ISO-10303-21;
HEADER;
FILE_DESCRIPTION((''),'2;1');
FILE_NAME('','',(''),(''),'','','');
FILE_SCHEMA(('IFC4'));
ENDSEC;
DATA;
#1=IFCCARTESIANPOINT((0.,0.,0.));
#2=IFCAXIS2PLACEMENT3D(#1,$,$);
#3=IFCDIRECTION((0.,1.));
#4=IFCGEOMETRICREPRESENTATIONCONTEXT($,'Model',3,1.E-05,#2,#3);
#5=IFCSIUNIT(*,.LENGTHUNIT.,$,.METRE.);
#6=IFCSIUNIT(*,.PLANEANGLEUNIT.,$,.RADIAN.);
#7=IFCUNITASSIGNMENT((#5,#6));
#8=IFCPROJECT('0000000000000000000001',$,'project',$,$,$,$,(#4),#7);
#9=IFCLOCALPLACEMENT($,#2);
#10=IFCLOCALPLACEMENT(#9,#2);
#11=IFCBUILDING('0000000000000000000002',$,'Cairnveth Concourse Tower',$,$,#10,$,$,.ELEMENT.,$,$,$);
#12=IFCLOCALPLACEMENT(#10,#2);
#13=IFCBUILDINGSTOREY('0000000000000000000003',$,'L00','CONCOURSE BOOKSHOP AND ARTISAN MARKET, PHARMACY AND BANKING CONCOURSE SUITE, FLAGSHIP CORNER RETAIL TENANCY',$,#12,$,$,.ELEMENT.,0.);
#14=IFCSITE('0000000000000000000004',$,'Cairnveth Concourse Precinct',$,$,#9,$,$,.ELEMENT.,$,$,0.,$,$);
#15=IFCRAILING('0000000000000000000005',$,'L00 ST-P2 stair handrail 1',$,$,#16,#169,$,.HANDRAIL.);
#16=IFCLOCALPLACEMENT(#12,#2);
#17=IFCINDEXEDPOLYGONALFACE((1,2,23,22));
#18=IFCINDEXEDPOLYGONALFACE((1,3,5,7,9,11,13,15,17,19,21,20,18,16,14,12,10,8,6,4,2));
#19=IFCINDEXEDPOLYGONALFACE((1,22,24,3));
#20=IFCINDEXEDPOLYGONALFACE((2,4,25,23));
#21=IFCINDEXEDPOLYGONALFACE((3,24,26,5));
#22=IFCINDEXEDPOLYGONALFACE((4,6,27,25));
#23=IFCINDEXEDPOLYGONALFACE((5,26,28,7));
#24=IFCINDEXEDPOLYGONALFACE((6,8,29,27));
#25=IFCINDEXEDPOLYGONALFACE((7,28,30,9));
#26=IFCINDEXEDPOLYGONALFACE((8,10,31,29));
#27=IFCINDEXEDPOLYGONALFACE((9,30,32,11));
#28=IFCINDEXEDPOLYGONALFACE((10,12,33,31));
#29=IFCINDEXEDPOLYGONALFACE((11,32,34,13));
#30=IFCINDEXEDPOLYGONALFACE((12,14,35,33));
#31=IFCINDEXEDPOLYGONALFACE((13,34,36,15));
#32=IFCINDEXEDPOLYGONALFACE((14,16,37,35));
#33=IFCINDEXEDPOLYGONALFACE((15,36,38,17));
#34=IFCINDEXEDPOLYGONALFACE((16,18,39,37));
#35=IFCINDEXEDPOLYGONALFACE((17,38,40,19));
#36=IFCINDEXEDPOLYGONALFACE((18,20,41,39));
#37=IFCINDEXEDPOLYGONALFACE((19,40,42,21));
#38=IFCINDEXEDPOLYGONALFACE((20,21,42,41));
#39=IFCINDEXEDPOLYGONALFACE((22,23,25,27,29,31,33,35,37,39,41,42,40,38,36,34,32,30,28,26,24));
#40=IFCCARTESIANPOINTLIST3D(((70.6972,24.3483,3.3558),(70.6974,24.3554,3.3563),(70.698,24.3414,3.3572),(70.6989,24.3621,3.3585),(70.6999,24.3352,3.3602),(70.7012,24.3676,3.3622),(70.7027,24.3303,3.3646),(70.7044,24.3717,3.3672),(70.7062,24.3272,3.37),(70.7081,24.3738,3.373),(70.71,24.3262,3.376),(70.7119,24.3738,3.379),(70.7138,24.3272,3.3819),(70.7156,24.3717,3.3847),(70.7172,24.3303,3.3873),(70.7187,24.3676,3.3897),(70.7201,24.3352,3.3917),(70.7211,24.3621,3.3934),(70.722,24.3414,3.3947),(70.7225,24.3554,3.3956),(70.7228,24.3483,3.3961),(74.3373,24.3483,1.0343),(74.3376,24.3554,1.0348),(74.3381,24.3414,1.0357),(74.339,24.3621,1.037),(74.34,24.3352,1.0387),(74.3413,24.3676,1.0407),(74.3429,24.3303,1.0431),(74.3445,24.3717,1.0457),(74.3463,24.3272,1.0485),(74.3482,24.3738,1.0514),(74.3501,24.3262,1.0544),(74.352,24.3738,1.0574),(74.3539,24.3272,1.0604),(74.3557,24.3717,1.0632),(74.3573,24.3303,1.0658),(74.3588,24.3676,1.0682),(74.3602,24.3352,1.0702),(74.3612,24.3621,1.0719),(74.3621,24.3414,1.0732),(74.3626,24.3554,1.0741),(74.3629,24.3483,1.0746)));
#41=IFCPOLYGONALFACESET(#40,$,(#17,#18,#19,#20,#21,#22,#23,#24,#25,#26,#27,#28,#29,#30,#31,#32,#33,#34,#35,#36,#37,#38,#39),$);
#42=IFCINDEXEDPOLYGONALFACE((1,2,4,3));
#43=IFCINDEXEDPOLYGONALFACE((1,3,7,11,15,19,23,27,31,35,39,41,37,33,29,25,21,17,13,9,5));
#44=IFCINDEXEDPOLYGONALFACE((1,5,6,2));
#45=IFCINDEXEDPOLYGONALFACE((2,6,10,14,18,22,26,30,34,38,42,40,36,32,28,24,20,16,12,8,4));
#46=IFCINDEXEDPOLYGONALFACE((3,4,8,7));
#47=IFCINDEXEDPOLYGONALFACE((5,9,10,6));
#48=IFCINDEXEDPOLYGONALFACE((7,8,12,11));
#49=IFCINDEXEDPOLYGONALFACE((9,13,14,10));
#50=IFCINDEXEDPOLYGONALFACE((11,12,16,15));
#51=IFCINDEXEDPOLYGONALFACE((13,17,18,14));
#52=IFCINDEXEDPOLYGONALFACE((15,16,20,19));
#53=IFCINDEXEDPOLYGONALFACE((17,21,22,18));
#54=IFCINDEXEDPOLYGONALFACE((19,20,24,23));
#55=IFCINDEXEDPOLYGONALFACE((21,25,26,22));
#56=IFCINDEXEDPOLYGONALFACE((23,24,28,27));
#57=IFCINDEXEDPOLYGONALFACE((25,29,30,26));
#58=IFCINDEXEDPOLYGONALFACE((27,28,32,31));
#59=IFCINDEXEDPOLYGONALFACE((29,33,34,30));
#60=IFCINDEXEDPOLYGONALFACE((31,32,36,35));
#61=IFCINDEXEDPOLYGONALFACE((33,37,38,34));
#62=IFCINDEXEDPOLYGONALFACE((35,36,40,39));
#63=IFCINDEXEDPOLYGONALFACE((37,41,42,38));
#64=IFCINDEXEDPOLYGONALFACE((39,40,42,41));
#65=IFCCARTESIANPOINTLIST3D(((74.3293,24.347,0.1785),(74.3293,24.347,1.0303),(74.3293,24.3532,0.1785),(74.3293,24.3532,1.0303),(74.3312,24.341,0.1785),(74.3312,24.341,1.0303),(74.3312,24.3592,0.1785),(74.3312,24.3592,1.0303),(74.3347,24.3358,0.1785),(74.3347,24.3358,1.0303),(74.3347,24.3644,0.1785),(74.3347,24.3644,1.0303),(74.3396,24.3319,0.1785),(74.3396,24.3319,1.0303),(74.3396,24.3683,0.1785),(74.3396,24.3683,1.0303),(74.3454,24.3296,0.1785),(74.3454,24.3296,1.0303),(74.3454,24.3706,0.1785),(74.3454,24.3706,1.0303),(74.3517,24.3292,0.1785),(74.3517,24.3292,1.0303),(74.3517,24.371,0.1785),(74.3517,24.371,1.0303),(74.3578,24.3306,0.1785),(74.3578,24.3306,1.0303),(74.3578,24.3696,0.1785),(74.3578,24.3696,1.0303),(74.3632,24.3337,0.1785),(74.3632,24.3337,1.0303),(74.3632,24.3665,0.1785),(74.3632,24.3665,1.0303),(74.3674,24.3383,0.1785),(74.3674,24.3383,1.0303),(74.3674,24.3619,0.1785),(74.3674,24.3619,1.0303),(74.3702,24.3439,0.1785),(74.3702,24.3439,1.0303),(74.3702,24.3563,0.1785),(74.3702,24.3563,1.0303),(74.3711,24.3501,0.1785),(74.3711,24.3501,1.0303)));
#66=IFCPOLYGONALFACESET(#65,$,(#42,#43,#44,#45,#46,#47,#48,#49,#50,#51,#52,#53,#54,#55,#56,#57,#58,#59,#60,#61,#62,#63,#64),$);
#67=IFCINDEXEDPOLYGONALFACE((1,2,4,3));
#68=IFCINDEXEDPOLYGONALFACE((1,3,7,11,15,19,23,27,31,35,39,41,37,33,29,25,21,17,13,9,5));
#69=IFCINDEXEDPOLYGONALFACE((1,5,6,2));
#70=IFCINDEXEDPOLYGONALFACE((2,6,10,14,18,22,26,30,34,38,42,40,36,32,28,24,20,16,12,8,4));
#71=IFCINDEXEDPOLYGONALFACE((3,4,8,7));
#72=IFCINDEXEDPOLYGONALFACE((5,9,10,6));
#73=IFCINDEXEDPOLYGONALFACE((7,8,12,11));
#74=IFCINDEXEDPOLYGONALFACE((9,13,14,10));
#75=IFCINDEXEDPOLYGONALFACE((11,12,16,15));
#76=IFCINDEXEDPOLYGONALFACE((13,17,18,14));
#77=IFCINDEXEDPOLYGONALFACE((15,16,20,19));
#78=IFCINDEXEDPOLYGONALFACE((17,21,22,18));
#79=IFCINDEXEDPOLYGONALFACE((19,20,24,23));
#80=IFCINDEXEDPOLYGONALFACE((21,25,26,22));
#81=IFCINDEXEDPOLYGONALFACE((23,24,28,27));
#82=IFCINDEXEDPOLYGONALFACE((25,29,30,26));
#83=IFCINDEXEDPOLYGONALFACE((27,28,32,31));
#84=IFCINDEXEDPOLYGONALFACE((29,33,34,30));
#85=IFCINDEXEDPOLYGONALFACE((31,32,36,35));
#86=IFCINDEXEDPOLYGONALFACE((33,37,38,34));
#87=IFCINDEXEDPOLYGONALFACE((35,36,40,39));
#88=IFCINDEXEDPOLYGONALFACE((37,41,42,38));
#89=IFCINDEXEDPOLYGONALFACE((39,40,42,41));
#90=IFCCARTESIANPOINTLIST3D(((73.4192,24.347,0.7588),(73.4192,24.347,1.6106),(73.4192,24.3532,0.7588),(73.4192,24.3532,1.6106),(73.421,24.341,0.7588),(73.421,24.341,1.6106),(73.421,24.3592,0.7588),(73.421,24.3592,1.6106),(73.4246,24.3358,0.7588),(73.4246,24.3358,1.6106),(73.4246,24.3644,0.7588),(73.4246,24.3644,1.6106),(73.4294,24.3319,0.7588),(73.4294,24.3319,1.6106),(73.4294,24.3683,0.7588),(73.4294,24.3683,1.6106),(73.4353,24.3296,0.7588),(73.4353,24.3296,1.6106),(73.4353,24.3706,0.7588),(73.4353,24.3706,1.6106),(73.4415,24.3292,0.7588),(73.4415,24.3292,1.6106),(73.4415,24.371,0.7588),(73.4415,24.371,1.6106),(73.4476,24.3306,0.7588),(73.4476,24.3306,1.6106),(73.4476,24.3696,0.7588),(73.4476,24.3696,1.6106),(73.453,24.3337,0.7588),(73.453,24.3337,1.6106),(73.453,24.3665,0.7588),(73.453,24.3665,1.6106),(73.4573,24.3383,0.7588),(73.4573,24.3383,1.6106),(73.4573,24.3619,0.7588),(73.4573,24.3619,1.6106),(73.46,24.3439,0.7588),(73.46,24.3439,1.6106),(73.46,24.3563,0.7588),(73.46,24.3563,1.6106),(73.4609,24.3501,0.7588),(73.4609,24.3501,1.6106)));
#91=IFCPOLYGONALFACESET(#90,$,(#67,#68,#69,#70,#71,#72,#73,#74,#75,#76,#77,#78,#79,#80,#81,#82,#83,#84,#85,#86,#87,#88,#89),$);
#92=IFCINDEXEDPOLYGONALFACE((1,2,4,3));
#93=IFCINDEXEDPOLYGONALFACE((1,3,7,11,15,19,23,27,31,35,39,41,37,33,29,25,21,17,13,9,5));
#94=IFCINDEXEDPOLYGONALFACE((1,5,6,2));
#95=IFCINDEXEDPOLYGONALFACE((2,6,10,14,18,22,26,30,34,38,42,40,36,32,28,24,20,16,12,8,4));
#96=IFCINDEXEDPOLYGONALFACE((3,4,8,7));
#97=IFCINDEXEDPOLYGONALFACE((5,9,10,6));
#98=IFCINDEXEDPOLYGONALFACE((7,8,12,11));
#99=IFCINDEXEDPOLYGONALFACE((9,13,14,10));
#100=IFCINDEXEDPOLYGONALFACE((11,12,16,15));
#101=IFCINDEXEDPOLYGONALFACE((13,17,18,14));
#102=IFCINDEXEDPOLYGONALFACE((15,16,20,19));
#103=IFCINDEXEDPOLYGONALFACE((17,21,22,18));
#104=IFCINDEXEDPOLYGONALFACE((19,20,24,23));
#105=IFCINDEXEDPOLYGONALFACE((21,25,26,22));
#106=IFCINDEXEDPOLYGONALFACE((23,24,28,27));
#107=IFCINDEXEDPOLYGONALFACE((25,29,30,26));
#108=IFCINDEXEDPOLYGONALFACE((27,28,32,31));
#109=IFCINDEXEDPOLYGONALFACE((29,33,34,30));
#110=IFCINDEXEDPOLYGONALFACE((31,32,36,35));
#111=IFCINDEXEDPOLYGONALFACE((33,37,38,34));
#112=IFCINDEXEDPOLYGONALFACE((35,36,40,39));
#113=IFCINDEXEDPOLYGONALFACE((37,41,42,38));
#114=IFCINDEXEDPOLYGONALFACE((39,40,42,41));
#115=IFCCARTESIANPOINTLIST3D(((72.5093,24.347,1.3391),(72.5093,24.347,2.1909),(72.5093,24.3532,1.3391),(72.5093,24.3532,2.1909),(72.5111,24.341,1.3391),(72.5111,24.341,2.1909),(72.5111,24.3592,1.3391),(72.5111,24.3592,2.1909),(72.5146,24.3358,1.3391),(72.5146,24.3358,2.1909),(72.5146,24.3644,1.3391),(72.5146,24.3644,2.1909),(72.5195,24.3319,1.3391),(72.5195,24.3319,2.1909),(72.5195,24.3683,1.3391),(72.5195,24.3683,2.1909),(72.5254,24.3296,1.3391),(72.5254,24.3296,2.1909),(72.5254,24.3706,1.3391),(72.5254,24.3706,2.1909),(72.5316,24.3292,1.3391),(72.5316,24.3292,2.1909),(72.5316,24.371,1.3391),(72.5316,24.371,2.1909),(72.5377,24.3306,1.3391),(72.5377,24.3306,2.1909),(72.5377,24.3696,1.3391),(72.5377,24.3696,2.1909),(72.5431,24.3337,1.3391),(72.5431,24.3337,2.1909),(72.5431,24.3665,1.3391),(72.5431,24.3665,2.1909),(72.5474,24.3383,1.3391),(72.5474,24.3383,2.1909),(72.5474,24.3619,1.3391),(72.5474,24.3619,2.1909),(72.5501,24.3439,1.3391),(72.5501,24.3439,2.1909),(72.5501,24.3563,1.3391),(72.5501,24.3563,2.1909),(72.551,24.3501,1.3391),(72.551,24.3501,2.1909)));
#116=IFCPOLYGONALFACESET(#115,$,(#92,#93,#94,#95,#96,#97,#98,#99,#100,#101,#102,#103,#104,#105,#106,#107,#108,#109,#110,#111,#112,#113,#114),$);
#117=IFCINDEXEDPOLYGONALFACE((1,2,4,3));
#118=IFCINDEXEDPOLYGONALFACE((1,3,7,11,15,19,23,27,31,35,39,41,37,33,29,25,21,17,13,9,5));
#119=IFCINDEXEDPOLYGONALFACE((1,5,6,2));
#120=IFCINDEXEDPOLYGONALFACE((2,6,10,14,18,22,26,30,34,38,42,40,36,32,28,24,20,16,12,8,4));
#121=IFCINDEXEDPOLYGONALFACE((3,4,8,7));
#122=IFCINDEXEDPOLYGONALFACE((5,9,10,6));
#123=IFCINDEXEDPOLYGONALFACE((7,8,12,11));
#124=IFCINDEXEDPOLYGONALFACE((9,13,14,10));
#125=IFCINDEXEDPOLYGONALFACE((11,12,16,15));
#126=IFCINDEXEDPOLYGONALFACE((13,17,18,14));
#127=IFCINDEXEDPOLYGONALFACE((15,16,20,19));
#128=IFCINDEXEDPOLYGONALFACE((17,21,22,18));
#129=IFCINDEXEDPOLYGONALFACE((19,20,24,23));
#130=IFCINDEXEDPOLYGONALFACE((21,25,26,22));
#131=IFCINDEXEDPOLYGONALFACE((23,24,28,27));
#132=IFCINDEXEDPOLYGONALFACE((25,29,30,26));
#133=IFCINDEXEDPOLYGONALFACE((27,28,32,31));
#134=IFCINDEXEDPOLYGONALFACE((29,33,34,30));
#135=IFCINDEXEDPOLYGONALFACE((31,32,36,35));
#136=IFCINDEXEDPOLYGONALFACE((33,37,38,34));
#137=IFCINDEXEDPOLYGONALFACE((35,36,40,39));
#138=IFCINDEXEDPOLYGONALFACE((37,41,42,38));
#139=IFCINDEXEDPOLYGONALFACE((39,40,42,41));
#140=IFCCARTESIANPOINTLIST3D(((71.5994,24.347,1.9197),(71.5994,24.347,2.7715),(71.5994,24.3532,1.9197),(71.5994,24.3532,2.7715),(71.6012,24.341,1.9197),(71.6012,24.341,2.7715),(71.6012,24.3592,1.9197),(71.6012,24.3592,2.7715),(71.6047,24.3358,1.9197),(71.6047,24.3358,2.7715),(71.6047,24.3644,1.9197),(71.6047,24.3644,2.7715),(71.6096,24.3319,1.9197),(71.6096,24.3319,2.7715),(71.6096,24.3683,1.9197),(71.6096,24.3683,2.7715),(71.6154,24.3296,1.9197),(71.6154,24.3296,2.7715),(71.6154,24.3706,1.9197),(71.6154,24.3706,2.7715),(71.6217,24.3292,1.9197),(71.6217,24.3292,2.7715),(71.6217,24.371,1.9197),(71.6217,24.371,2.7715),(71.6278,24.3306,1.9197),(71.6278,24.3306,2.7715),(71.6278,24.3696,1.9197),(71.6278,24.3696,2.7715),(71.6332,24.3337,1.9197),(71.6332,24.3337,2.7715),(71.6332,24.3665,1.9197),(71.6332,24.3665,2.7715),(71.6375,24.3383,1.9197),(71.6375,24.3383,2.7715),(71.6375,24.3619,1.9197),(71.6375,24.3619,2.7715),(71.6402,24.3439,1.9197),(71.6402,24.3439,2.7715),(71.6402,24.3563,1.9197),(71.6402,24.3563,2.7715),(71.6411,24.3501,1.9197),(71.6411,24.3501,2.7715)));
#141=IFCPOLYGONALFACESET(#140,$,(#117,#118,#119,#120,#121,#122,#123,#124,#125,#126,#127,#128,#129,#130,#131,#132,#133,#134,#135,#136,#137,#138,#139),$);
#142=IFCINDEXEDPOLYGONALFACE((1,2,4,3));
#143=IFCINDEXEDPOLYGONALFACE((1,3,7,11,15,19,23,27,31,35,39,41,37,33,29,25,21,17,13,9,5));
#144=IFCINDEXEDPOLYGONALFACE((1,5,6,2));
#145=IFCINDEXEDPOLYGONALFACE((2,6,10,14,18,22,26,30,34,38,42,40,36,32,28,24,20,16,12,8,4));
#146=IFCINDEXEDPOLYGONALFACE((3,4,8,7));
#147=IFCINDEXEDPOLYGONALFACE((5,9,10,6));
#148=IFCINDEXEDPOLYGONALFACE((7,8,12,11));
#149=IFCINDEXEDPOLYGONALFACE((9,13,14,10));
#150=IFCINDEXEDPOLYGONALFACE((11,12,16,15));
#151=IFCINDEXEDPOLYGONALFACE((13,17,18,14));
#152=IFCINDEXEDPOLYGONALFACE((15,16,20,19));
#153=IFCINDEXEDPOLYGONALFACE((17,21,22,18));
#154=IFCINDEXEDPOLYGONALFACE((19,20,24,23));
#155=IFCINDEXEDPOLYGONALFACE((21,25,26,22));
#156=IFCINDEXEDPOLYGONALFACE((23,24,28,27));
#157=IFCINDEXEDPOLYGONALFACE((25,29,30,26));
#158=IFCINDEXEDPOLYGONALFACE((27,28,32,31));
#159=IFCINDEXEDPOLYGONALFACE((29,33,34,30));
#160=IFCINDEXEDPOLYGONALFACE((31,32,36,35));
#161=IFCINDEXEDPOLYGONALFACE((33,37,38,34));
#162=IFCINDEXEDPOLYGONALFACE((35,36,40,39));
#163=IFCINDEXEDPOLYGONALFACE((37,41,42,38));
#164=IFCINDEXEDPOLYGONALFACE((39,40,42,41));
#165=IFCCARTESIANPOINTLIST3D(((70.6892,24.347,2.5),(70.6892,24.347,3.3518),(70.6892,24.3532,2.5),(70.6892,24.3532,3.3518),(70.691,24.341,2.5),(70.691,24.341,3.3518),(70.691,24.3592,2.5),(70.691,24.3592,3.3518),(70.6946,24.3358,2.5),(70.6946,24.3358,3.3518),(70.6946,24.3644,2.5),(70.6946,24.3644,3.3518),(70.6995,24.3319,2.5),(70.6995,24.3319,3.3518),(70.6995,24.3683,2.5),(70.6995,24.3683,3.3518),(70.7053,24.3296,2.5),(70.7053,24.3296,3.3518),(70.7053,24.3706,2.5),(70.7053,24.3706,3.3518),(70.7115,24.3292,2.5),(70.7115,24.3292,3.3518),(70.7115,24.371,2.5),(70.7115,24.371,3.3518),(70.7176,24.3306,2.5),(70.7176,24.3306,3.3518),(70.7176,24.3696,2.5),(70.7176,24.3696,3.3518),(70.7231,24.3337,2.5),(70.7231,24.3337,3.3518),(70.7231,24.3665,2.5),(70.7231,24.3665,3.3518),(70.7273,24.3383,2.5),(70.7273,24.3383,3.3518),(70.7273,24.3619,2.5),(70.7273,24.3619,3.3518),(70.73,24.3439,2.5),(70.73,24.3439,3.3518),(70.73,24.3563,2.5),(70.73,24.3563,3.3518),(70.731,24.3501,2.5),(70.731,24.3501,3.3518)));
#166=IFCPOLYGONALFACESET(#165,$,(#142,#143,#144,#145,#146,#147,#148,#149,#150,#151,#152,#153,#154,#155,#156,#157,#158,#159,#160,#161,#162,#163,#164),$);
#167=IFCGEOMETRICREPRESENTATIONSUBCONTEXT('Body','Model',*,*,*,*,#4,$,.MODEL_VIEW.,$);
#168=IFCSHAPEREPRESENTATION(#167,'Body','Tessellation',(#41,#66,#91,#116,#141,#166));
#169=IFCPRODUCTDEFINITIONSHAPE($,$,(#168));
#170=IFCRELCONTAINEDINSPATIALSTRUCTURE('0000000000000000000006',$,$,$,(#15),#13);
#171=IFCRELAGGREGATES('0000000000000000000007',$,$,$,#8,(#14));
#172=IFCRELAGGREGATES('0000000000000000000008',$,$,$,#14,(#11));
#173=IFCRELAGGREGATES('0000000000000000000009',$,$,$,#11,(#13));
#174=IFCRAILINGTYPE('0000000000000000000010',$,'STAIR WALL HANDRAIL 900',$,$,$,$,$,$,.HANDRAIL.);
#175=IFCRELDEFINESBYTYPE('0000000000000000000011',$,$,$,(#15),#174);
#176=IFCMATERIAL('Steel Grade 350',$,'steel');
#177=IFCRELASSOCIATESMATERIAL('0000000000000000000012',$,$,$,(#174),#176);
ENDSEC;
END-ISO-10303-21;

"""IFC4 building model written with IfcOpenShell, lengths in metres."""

from ifc_helpers import new_model, si_unit, direction, frame, origin, origin_2d, place, context, subcontext, project, spatial, circle, extrude, material, type_object, element, save


model = new_model("IFC4")

# Units and contexts
model_context = context("Model", 3, precision=1e-05, world=origin(), true_north=direction((0.0, 1.0)))
body_context = subcontext(model_context, "Body", "Model", "MODEL_VIEW")
ifc_project = project(units=[si_unit("LENGTHUNIT", "METRE"), si_unit("PLANEANGLEUNIT", "RADIAN")], contexts=[model_context])

# Site, building, storey
site_placement = place(None, origin())
site = spatial("IfcSite", under=ifc_project, at=site_placement, Name="Cairnveth Concourse Precinct", CompositionType="ELEMENT", RefElevation=0.0)
building_placement = place(site_placement, origin())
building = spatial("IfcBuilding", under=site, at=building_placement, Name="Cairnveth Concourse Tower", CompositionType="ELEMENT")
storey_placement = place(building_placement, origin())
storey = spatial("IfcBuildingStorey", under=building, at=storey_placement, Name="L00", Description="CONCOURSE BOOKSHOP AND ARTISAN MARKET, PHARMACY AND BANKING CONCOURSE SUITE, FLAGSHIP CORNER RETAIL TENANCY", CompositionType="ELEMENT", Elevation=0.0)

# Shared definitions
ifc_material_1 = material(Name="Steel Grade 350", Category="steel")

# Railing
railing_type_1 = type_object("IfcRailingType", Name="STAIR WALL HANDRAIL 900", PredefinedType="HANDRAIL", material=ifc_material_1)
railing_1_placement = place(storey_placement, frame((74.3501, 24.3501, 0.1785)))
element("IfcRailing", 1, at=railing_1_placement, inside=storey, type_object=railing_type_1, Name="L00 ST-P2 stair handrail 1", PredefinedType="HANDRAIL", context=body_context, shape_type="SweptSolid", body=[
    extrude(circle(Radius=0.0239, at=origin_2d()), frame((0.0, 0.0, 0.876), z_axis=(-0.843128, 0.0, 0.537713), x_axis=(0.0, -1.0, 0.0)), (0.0, 0.0, 1.0), 4.3174),
    extrude(circle(Radius=0.021, at=origin_2d()), origin(), (0.0, 0.0, 1.0), 0.8518),
    extrude(circle(Radius=0.021, at=origin_2d()), frame((-0.9102, 0.0, 0.5803)), (0.0, 0.0, 1.0), 0.8518),
    extrude(circle(Radius=0.021, at=origin_2d()), frame((-1.8201, 0.0, 1.1606)), (0.0, 0.0, 1.0), 0.8518),
    extrude(circle(Radius=0.021, at=origin_2d()), frame((-2.73, 0.0, 1.7412)), (0.0, 0.0, 1.0), 0.8518),
    extrude(circle(Radius=0.021, at=origin_2d()), frame((-3.6401, 0.0, 2.3215)), (0.0, 0.0, 1.0), 0.8518),
])

save(model, "model.ifc")
